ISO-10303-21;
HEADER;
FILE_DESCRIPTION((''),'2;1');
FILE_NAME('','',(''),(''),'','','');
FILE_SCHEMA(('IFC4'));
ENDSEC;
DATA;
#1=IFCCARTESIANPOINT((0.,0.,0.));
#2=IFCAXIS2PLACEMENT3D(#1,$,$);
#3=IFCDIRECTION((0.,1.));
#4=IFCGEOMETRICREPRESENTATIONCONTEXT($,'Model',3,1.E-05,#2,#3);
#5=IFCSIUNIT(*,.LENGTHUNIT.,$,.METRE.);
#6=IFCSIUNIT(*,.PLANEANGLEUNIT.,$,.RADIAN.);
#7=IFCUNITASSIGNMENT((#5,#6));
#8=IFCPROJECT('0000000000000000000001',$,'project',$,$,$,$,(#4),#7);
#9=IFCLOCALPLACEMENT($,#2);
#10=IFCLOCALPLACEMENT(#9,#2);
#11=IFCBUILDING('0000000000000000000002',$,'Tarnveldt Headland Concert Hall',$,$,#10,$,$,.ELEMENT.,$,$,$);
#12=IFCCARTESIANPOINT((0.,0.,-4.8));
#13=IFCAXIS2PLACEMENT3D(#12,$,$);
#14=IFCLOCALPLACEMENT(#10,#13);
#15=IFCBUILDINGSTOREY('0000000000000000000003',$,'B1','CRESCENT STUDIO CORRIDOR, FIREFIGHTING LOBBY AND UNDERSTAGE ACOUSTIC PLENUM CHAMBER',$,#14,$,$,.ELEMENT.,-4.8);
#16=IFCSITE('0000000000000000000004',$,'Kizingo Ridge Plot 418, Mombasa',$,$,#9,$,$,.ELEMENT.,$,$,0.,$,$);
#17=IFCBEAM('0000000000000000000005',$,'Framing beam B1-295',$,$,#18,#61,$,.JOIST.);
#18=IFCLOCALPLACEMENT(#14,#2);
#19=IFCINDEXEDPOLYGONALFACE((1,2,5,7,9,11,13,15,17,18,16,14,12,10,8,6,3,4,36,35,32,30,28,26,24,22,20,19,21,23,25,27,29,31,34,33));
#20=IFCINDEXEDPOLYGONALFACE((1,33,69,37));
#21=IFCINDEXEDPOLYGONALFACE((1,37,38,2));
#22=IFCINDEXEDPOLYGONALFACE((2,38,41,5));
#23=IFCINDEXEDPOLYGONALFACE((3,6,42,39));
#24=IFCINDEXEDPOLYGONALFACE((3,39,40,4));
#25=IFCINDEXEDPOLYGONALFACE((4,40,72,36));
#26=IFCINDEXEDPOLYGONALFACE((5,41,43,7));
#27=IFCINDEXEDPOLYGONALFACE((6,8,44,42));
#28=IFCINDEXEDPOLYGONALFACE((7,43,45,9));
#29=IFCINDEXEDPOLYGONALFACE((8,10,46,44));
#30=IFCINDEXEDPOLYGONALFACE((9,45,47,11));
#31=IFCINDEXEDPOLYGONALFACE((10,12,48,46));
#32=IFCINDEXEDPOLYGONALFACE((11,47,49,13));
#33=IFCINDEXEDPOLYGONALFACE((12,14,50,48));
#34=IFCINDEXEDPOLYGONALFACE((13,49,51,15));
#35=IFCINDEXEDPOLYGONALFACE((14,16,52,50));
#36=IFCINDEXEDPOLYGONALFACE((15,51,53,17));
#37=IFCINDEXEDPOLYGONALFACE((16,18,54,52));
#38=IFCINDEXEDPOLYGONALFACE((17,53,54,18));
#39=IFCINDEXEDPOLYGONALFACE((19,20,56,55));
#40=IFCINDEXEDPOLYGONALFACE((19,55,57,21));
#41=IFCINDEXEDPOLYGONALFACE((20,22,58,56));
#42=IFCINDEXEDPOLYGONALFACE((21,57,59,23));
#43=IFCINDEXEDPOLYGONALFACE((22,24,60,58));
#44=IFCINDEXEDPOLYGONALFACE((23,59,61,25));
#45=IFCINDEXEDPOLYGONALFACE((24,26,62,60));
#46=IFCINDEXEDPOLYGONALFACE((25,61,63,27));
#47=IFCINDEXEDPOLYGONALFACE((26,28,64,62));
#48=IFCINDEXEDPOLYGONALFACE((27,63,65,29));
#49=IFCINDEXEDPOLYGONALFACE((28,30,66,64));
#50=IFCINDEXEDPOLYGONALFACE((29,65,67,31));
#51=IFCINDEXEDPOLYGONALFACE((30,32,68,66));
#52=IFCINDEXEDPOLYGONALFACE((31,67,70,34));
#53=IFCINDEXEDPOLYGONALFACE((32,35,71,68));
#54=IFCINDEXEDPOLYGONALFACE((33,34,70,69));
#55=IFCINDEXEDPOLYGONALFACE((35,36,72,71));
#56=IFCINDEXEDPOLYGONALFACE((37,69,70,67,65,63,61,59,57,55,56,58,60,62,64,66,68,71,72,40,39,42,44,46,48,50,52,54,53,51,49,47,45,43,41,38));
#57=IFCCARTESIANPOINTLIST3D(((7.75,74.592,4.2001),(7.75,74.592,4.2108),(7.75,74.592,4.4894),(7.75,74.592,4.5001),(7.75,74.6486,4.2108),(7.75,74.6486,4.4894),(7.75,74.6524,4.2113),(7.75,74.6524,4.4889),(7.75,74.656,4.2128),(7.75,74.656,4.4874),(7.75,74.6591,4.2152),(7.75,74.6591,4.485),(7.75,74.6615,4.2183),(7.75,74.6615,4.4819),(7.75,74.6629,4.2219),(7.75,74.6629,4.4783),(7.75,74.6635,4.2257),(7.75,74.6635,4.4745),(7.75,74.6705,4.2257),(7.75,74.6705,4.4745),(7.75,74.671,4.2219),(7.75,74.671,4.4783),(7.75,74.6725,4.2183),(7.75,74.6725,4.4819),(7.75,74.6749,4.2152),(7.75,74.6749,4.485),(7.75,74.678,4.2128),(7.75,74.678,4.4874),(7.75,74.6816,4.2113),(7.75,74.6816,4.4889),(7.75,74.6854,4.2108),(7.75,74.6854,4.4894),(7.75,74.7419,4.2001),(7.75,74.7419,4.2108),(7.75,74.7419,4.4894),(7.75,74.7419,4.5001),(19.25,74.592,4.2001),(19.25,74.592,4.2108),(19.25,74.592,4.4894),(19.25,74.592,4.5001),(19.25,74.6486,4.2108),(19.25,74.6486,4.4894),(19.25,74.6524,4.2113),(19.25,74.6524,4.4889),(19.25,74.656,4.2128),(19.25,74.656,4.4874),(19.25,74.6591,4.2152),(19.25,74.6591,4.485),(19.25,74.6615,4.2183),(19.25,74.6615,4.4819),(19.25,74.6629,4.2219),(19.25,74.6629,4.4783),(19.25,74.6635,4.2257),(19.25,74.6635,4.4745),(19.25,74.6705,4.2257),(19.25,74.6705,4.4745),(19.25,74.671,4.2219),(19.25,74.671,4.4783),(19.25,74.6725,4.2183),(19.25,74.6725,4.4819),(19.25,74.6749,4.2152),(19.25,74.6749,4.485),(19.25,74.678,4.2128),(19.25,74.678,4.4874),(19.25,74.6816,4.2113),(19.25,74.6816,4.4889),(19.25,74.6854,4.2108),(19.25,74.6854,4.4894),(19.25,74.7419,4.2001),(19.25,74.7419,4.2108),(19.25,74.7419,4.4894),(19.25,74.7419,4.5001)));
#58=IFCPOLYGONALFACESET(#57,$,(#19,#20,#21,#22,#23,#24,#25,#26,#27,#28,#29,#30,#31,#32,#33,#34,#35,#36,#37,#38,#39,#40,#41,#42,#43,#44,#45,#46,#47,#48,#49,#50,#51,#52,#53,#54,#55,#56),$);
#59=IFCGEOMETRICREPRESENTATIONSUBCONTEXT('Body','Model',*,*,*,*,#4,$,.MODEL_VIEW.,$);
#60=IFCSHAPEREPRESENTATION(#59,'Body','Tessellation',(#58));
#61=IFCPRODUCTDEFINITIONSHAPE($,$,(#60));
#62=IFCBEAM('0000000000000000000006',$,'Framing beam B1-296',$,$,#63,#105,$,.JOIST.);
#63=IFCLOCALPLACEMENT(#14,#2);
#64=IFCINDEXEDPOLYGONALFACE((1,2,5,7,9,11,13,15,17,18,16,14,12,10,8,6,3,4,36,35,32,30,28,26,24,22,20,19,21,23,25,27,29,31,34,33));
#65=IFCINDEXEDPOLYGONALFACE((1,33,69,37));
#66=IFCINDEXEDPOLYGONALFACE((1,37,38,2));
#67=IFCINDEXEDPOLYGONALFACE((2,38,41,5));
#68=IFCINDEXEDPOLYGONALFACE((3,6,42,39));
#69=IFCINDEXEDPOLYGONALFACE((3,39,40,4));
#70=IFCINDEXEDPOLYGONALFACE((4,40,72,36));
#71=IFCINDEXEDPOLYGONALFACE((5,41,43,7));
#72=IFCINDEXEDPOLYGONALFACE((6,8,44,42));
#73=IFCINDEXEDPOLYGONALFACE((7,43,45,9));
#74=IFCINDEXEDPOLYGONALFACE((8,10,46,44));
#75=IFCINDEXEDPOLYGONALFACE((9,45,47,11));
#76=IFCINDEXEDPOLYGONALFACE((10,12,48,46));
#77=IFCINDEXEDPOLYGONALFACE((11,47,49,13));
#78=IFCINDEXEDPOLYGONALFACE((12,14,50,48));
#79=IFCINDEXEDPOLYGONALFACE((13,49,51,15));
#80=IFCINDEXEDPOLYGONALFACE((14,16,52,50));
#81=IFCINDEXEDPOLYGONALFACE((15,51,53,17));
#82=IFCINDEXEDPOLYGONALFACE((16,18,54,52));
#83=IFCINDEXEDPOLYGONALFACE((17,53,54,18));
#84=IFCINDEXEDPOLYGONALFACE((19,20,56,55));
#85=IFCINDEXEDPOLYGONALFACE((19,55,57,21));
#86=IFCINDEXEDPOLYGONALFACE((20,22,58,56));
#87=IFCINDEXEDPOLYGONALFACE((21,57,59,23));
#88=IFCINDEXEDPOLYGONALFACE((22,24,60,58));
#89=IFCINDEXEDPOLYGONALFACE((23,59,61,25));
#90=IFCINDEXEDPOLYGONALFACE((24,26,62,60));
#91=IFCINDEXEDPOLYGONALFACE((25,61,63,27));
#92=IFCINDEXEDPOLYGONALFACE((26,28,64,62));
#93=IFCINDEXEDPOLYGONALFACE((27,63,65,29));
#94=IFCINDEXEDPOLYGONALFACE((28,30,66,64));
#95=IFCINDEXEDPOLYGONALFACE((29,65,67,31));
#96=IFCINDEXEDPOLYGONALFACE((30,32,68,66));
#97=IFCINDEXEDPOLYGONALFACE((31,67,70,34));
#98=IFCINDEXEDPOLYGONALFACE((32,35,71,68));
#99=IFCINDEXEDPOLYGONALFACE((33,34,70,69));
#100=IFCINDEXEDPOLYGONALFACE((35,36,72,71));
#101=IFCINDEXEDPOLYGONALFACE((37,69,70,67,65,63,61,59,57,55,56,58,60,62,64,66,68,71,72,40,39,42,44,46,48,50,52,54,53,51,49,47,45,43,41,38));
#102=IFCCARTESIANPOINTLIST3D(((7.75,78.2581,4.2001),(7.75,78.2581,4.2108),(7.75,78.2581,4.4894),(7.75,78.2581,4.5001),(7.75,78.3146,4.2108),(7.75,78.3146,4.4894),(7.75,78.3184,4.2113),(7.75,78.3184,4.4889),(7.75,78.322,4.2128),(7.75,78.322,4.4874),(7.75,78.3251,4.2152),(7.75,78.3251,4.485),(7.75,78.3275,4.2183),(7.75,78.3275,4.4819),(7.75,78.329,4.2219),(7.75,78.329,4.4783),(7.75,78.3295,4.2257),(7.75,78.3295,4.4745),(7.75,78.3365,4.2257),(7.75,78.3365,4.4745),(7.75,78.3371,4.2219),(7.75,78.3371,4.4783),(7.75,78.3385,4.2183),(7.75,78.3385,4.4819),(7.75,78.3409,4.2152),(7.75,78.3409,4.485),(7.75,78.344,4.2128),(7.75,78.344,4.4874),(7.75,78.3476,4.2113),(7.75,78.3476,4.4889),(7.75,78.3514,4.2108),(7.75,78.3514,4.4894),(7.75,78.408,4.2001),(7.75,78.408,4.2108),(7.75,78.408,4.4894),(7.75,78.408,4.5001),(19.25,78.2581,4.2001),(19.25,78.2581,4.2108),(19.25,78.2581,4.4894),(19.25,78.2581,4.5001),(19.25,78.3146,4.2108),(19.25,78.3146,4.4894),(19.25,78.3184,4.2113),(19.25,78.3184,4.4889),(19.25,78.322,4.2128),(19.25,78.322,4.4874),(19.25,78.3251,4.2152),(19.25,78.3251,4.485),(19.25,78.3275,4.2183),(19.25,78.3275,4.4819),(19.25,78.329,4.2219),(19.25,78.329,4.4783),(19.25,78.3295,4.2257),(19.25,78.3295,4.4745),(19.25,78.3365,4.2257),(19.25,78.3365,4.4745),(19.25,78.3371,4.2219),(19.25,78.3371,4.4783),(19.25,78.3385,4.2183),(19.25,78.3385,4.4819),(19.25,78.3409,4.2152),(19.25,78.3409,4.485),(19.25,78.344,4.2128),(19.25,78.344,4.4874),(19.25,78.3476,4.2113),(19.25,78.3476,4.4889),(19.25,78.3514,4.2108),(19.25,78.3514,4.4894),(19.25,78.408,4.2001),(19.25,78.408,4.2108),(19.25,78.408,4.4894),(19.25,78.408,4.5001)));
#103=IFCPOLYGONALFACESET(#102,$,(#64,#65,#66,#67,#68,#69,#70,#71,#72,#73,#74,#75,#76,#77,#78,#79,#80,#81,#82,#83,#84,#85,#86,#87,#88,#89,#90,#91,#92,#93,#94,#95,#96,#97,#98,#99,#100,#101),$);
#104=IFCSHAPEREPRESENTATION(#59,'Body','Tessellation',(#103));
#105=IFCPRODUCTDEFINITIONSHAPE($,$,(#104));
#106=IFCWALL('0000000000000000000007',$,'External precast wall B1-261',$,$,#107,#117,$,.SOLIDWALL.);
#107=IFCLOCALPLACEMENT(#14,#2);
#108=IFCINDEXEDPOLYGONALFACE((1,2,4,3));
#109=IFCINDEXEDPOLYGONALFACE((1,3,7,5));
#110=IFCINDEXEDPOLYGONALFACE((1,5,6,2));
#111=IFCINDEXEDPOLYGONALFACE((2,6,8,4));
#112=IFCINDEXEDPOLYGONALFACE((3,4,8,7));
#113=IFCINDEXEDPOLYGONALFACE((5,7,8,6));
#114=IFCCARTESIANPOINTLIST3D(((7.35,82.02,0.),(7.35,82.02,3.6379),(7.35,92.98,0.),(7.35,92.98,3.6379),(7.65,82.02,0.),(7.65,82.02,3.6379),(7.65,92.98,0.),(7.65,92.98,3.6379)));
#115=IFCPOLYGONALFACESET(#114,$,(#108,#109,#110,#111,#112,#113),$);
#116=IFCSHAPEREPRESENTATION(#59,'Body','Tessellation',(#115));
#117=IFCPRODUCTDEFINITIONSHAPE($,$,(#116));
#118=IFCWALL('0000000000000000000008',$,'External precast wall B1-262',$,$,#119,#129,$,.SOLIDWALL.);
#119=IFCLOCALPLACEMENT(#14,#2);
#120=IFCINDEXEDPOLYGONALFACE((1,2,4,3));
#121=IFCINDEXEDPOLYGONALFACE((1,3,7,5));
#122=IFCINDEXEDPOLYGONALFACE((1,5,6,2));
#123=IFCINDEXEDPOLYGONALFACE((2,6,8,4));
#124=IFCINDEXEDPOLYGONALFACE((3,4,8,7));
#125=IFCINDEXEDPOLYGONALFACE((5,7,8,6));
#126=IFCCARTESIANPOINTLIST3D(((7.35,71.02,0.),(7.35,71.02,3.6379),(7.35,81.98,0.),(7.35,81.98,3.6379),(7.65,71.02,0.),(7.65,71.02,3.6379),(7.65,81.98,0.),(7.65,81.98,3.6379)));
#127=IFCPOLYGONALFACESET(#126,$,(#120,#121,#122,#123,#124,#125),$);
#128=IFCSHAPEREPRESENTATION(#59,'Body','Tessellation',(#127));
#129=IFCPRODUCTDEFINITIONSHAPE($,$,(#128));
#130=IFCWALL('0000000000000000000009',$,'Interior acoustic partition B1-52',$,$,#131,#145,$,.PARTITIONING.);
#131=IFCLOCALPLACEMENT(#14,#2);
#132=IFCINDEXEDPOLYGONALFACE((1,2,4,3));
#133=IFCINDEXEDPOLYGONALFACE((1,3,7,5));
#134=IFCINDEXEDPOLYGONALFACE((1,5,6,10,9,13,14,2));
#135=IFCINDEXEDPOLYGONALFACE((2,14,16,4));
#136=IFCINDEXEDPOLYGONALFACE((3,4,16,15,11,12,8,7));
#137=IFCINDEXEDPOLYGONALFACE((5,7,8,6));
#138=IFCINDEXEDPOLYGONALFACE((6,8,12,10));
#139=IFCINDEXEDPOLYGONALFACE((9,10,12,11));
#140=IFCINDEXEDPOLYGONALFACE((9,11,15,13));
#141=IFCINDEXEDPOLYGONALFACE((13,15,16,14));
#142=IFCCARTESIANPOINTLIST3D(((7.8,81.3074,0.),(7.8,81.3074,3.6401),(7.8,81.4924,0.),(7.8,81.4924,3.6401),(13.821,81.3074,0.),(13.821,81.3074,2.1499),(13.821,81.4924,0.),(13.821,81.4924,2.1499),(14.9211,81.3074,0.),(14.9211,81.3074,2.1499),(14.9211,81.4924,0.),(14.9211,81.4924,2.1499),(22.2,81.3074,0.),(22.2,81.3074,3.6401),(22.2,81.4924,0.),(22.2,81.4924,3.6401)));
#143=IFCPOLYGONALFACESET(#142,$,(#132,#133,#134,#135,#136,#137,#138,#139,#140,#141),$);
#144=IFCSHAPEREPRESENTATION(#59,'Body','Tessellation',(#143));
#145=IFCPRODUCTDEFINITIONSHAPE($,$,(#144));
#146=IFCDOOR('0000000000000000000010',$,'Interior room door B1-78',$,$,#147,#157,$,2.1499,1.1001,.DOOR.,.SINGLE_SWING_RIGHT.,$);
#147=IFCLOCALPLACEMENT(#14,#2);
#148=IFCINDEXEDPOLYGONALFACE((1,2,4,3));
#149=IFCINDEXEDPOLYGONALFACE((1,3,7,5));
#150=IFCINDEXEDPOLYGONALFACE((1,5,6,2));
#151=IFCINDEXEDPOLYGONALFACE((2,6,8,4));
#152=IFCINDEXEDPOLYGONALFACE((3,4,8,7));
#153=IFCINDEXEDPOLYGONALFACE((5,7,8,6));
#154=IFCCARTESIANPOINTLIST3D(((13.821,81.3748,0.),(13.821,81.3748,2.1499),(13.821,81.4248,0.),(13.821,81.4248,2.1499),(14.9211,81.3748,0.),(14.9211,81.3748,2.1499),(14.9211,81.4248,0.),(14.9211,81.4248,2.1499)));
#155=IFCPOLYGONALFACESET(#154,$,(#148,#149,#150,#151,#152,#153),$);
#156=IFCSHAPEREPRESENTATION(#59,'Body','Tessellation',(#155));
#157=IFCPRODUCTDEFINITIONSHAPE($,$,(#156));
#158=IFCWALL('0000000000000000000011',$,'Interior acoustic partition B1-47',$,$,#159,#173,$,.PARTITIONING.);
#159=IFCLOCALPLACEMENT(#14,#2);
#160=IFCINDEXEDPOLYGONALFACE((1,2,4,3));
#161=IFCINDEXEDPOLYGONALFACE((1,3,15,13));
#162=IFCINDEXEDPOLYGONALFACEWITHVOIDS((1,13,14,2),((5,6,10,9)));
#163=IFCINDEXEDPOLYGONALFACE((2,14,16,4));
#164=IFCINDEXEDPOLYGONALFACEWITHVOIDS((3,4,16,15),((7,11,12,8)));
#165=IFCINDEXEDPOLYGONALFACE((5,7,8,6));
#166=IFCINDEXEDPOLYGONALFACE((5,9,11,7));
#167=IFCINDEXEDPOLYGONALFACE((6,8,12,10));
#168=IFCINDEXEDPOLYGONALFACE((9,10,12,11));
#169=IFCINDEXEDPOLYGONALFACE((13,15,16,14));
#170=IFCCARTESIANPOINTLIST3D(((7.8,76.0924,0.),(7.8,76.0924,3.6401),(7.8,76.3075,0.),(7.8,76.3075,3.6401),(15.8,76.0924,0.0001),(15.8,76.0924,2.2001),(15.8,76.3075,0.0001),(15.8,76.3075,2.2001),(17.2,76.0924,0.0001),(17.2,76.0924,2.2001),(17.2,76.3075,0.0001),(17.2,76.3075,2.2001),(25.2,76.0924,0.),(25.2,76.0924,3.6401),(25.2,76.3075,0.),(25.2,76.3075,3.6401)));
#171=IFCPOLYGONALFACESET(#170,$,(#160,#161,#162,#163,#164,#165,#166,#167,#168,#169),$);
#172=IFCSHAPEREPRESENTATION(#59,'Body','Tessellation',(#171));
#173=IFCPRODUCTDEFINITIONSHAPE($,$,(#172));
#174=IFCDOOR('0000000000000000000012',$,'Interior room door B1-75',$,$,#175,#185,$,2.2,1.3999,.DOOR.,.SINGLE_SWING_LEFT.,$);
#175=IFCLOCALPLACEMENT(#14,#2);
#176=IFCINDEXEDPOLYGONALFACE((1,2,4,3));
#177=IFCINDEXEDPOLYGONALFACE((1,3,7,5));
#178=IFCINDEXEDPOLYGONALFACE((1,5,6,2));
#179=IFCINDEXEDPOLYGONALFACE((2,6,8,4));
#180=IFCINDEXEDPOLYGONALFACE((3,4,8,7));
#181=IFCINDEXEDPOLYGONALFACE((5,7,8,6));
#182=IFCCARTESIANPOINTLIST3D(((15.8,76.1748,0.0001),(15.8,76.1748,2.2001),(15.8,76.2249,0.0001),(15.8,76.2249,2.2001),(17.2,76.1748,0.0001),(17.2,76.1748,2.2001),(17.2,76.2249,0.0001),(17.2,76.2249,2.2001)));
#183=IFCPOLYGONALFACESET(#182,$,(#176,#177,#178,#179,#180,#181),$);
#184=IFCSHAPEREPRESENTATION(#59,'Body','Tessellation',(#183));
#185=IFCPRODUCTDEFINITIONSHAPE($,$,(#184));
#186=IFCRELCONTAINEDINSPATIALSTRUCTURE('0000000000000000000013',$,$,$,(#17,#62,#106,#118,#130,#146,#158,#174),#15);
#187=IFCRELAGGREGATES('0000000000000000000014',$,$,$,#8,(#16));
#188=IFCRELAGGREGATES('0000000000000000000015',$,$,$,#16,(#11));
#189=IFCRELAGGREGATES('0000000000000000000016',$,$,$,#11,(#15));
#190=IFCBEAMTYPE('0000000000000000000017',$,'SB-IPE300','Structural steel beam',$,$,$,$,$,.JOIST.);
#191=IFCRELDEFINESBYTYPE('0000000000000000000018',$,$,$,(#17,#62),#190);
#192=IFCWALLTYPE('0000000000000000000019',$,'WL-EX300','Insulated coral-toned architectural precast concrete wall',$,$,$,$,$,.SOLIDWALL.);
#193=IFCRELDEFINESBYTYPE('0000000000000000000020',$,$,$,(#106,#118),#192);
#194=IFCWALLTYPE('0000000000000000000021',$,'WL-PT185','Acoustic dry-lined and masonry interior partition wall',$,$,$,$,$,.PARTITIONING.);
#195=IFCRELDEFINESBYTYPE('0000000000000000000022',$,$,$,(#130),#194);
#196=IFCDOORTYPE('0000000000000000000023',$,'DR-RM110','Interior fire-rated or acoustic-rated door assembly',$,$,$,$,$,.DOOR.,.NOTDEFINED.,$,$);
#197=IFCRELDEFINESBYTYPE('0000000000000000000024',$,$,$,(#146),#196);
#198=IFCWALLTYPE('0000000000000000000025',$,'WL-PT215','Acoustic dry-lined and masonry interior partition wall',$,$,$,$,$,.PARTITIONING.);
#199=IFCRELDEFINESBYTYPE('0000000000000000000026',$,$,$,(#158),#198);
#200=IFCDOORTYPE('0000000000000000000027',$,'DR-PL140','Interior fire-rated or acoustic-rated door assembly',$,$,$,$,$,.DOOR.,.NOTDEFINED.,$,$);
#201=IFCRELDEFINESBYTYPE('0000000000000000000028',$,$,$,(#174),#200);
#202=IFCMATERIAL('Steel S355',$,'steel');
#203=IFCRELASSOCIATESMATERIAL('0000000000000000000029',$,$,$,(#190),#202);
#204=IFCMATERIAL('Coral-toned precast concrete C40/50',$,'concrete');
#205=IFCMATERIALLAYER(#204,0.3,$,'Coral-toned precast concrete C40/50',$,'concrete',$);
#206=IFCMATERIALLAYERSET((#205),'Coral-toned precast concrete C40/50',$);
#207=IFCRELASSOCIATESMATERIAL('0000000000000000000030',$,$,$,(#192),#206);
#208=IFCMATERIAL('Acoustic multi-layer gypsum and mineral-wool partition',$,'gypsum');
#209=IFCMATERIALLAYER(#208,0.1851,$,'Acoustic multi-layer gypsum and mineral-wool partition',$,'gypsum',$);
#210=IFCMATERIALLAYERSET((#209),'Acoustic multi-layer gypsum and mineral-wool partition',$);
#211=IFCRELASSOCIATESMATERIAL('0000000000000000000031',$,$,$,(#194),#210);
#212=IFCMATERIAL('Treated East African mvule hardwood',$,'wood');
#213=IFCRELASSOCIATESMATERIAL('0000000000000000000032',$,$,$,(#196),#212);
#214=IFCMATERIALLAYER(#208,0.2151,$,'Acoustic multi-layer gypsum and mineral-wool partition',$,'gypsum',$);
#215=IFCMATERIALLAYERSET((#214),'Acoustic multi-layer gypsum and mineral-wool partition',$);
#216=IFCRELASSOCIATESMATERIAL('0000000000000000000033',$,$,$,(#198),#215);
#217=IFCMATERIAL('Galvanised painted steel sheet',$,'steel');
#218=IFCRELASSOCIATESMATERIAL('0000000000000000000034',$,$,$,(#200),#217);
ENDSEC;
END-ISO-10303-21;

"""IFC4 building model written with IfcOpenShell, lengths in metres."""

from ifc_helpers import new_model, si_unit, direction, frame, frame_2d, origin, origin_2d, place, context, subcontext, project, spatial, rectangle, i_section, extrude, material, layer, layer_set, material_profile, profile_set, type_object, element, fill, save


model = new_model("IFC4")

# Units and contexts
model_context = context("Model", 3, precision=1e-05, world=origin(), true_north=direction((0.0, 1.0)))
body_context = subcontext(model_context, "Body", "Model", "MODEL_VIEW")
ifc_project = project(units=[si_unit("LENGTHUNIT", "METRE"), si_unit("PLANEANGLEUNIT", "RADIAN")], contexts=[model_context])

# Site, building, storey
site_placement = place(None, origin())
site = spatial("IfcSite", under=ifc_project, at=site_placement, Name="Kizingo Ridge Plot 418, Mombasa", CompositionType="ELEMENT", RefElevation=0.0)
building_placement = place(site_placement, origin())
building = spatial("IfcBuilding", under=site, at=building_placement, Name="Tarnveldt Headland Concert Hall", CompositionType="ELEMENT")
storey_placement = place(building_placement, frame((0.0, 0.0, -4.8)))
storey = spatial("IfcBuildingStorey", under=building, at=storey_placement, Name="B1", Description="CRESCENT STUDIO CORRIDOR, FIREFIGHTING LOBBY AND UNDERSTAGE ACOUSTIC PLENUM CHAMBER", CompositionType="ELEMENT", Elevation=-4.8)

# Shared definitions
ifc_material_1 = material(Name="Steel S355", Category="steel")

# Beams
ifc_material_profile_1 = material_profile(ifc_material_1, i_section(OverallWidth=0.1499, OverallDepth=0.3, WebThickness=0.0071, FlangeThickness=0.0107, FilletRadius=0.0149, at=origin_2d()), Name="IPE300", Category="steel")
ifc_profile_set_1 = profile_set([ifc_material_profile_1], Name="Steel S355")
beam_type_1 = type_object("IfcBeamType", Name="SB-IPE300", Description="Structural steel beam", PredefinedType="JOIST", material=ifc_profile_set_1)
for number, where, z_axis, x_axis, name in (
    (1, (7.75, 74.667, 4.3501), (1.0, 0.0, 0.0), (0.0, 1.0, 0.0), "Framing beam B1-295"),
    (2, (7.75, 78.333, 4.3501), (1.0, 0.0, 0.0), (0.0, 1.0, 0.0), "Framing beam B1-296"),
):
    element("IfcBeam", number, at=place(storey_placement, frame(where, z_axis=z_axis, x_axis=x_axis)), inside=storey, type_object=beam_type_1, Name=name, PredefinedType="JOIST", context=body_context, shape_type="SweptSolid", body=[
        extrude(i_section(OverallWidth=0.1499, OverallDepth=0.3, WebThickness=0.0071, FlangeThickness=0.0107, FilletRadius=0.0149, at=origin_2d()), origin(), (0.0, 0.0, 1.0), 11.5),
    ])

# Walls
ifc_material_2 = material(Name="Coral-toned precast concrete C40/50", Category="concrete")
ifc_layer_1 = layer(ifc_material_2, 0.3, Name="Coral-toned precast concrete C40/50", Category="concrete")
ifc_layer_set_1 = layer_set([ifc_layer_1], Name="Coral-toned precast concrete C40/50")
wall_type_1 = type_object("IfcWallType", Name="WL-EX300", Description="Insulated coral-toned architectural precast concrete wall", PredefinedType="SOLIDWALL", material=ifc_layer_set_1)
for number, where, z_axis, x_axis, name in (
    (3, (7.5, 82.02, 0.0), (0.0, 0.0, 1.0), (0.0, 1.0, 0.0), "External precast wall B1-261"),
    (4, (7.5, 71.02, 0.0), (0.0, 0.0, 1.0), (0.0, 1.0, 0.0), "External precast wall B1-262"),
):
    element("IfcWall", number, at=place(storey_placement, frame(where, z_axis=z_axis, x_axis=x_axis)), inside=storey, type_object=wall_type_1, Name=name, PredefinedType="SOLIDWALL", context=body_context, shape_type="SweptSolid", body=[
        extrude(rectangle(XDim=10.96, YDim=0.3, at=frame_2d((5.48, 0.0))), origin(), (0.0, 0.0, 1.0), 3.6379),
    ])

# Walls, openings, doors
ifc_material_3 = material(Name="Acoustic multi-layer gypsum and mineral-wool partition", Category="gypsum")
ifc_layer_2 = layer(ifc_material_3, 0.1851, Name="Acoustic multi-layer gypsum and mineral-wool partition", Category="gypsum")
ifc_layer_set_2 = layer_set([ifc_layer_2], Name="Acoustic multi-layer gypsum and mineral-wool partition")
wall_type_2 = type_object("IfcWallType", Name="WL-PT185", Description="Acoustic dry-lined and masonry interior partition wall", PredefinedType="PARTITIONING", material=ifc_layer_set_2)
wall_1_placement = place(storey_placement, frame((7.8, 81.3999, 0.0), z_axis=(0.0, 0.0, 1.0), x_axis=(1.0, 0.0, 0.0)))
wall_1 = element("IfcWall", 5, at=wall_1_placement, inside=storey, type_object=wall_type_2, Name="Interior acoustic partition B1-52", PredefinedType="PARTITIONING", context=body_context, shape_type="SweptSolid", body=[
    extrude(rectangle(XDim=14.3999, YDim=0.1851, at=frame_2d((7.2, 0.0))), origin(), (0.0, 0.0, 1.0), 3.6401),
])
opening_1_placement = place(wall_1_placement, frame((6.021, 0.0, 0.0)))
opening_1 = element("IfcOpeningElement", 6, at=opening_1_placement, cuts=wall_1, PredefinedType="OPENING", context=body_context, shape_type="SweptSolid", body=[
    extrude(rectangle(XDim=1.1001, YDim=2.1499, at=frame_2d((0.55, 1.075))), frame((0.0, 0.1025, 0.0), z_axis=(0.0, -1.0, 0.0), x_axis=(1.0, 0.0, 0.0)), (0.0, 0.0, 1.0), 0.2051),
])
ifc_material_4 = material(Name="Treated East African mvule hardwood", Category="wood")
door_type_1 = type_object("IfcDoorType", Name="DR-RM110", Description="Interior fire-rated or acoustic-rated door assembly", OperationType="NOTDEFINED", PredefinedType="DOOR", material=ifc_material_4)
door_1_placement = place(opening_1_placement, origin())
door_1 = element("IfcDoor", 7, at=door_1_placement, inside=storey, type_object=door_type_1, Name="Interior room door B1-78", OperationType="SINGLE_SWING_RIGHT", OverallHeight=2.1499, OverallWidth=1.1001, PredefinedType="DOOR", context=body_context, shape_type="SweptSolid", body=[
    extrude(rectangle(XDim=1.1001, YDim=2.1499, at=frame_2d((0.55, 1.075))), frame((0.0, 0.0249, 0.0), z_axis=(0.0, -1.0, 0.0), x_axis=(1.0, 0.0, 0.0)), (0.0, 0.0, 1.0), 0.05),
])
fill(opening_1, door_1)
ifc_layer_3 = layer(ifc_material_3, 0.2151, Name="Acoustic multi-layer gypsum and mineral-wool partition", Category="gypsum")
ifc_layer_set_3 = layer_set([ifc_layer_3], Name="Acoustic multi-layer gypsum and mineral-wool partition")
wall_type_3 = type_object("IfcWallType", Name="WL-PT215", Description="Acoustic dry-lined and masonry interior partition wall", PredefinedType="PARTITIONING", material=ifc_layer_set_3)
wall_2_placement = place(storey_placement, frame((7.8, 76.2, 0.0), z_axis=(0.0, 0.0, 1.0), x_axis=(1.0, 0.0, 0.0)))
wall_2 = element("IfcWall", 8, at=wall_2_placement, inside=storey, type_object=wall_type_3, Name="Interior acoustic partition B1-47", PredefinedType="PARTITIONING", context=body_context, shape_type="SweptSolid", body=[
    extrude(rectangle(XDim=17.3999, YDim=0.2151, at=frame_2d((8.7, 0.0))), origin(), (0.0, 0.0, 1.0), 3.6401),
])
opening_2_placement = place(wall_2_placement, frame((8.0, 0.0, 0.0)))
opening_2 = element("IfcOpeningElement", 9, at=opening_2_placement, cuts=wall_2, PredefinedType="OPENING", context=body_context, shape_type="SweptSolid", body=[
    extrude(rectangle(XDim=1.3999, YDim=2.2, at=frame_2d((0.7, 1.1001))), frame((0.0, 0.1174, 0.0), z_axis=(0.0, -1.0, 0.0), x_axis=(1.0, 0.0, 0.0)), (0.0, 0.0, 1.0), 0.2351),
])
ifc_material_5 = material(Name="Galvanised painted steel sheet", Category="steel")
door_type_2 = type_object("IfcDoorType", Name="DR-PL140", Description="Interior fire-rated or acoustic-rated door assembly", OperationType="NOTDEFINED", PredefinedType="DOOR", material=ifc_material_5)
door_2_placement = place(opening_2_placement, origin())
door_2 = element("IfcDoor", 10, at=door_2_placement, inside=storey, type_object=door_type_2, Name="Interior room door B1-75", OperationType="SINGLE_SWING_LEFT", OverallHeight=2.2, OverallWidth=1.3999, PredefinedType="DOOR", context=body_context, shape_type="SweptSolid", body=[
    extrude(rectangle(XDim=1.3999, YDim=2.2, at=frame_2d((0.7, 1.1001))), frame((0.0, 0.0249, 0.0), z_axis=(0.0, -1.0, 0.0), x_axis=(1.0, 0.0, 0.0)), (0.0, 0.0, 1.0), 0.05),
])
fill(opening_2, door_2)

save(model, "model.ifc")
